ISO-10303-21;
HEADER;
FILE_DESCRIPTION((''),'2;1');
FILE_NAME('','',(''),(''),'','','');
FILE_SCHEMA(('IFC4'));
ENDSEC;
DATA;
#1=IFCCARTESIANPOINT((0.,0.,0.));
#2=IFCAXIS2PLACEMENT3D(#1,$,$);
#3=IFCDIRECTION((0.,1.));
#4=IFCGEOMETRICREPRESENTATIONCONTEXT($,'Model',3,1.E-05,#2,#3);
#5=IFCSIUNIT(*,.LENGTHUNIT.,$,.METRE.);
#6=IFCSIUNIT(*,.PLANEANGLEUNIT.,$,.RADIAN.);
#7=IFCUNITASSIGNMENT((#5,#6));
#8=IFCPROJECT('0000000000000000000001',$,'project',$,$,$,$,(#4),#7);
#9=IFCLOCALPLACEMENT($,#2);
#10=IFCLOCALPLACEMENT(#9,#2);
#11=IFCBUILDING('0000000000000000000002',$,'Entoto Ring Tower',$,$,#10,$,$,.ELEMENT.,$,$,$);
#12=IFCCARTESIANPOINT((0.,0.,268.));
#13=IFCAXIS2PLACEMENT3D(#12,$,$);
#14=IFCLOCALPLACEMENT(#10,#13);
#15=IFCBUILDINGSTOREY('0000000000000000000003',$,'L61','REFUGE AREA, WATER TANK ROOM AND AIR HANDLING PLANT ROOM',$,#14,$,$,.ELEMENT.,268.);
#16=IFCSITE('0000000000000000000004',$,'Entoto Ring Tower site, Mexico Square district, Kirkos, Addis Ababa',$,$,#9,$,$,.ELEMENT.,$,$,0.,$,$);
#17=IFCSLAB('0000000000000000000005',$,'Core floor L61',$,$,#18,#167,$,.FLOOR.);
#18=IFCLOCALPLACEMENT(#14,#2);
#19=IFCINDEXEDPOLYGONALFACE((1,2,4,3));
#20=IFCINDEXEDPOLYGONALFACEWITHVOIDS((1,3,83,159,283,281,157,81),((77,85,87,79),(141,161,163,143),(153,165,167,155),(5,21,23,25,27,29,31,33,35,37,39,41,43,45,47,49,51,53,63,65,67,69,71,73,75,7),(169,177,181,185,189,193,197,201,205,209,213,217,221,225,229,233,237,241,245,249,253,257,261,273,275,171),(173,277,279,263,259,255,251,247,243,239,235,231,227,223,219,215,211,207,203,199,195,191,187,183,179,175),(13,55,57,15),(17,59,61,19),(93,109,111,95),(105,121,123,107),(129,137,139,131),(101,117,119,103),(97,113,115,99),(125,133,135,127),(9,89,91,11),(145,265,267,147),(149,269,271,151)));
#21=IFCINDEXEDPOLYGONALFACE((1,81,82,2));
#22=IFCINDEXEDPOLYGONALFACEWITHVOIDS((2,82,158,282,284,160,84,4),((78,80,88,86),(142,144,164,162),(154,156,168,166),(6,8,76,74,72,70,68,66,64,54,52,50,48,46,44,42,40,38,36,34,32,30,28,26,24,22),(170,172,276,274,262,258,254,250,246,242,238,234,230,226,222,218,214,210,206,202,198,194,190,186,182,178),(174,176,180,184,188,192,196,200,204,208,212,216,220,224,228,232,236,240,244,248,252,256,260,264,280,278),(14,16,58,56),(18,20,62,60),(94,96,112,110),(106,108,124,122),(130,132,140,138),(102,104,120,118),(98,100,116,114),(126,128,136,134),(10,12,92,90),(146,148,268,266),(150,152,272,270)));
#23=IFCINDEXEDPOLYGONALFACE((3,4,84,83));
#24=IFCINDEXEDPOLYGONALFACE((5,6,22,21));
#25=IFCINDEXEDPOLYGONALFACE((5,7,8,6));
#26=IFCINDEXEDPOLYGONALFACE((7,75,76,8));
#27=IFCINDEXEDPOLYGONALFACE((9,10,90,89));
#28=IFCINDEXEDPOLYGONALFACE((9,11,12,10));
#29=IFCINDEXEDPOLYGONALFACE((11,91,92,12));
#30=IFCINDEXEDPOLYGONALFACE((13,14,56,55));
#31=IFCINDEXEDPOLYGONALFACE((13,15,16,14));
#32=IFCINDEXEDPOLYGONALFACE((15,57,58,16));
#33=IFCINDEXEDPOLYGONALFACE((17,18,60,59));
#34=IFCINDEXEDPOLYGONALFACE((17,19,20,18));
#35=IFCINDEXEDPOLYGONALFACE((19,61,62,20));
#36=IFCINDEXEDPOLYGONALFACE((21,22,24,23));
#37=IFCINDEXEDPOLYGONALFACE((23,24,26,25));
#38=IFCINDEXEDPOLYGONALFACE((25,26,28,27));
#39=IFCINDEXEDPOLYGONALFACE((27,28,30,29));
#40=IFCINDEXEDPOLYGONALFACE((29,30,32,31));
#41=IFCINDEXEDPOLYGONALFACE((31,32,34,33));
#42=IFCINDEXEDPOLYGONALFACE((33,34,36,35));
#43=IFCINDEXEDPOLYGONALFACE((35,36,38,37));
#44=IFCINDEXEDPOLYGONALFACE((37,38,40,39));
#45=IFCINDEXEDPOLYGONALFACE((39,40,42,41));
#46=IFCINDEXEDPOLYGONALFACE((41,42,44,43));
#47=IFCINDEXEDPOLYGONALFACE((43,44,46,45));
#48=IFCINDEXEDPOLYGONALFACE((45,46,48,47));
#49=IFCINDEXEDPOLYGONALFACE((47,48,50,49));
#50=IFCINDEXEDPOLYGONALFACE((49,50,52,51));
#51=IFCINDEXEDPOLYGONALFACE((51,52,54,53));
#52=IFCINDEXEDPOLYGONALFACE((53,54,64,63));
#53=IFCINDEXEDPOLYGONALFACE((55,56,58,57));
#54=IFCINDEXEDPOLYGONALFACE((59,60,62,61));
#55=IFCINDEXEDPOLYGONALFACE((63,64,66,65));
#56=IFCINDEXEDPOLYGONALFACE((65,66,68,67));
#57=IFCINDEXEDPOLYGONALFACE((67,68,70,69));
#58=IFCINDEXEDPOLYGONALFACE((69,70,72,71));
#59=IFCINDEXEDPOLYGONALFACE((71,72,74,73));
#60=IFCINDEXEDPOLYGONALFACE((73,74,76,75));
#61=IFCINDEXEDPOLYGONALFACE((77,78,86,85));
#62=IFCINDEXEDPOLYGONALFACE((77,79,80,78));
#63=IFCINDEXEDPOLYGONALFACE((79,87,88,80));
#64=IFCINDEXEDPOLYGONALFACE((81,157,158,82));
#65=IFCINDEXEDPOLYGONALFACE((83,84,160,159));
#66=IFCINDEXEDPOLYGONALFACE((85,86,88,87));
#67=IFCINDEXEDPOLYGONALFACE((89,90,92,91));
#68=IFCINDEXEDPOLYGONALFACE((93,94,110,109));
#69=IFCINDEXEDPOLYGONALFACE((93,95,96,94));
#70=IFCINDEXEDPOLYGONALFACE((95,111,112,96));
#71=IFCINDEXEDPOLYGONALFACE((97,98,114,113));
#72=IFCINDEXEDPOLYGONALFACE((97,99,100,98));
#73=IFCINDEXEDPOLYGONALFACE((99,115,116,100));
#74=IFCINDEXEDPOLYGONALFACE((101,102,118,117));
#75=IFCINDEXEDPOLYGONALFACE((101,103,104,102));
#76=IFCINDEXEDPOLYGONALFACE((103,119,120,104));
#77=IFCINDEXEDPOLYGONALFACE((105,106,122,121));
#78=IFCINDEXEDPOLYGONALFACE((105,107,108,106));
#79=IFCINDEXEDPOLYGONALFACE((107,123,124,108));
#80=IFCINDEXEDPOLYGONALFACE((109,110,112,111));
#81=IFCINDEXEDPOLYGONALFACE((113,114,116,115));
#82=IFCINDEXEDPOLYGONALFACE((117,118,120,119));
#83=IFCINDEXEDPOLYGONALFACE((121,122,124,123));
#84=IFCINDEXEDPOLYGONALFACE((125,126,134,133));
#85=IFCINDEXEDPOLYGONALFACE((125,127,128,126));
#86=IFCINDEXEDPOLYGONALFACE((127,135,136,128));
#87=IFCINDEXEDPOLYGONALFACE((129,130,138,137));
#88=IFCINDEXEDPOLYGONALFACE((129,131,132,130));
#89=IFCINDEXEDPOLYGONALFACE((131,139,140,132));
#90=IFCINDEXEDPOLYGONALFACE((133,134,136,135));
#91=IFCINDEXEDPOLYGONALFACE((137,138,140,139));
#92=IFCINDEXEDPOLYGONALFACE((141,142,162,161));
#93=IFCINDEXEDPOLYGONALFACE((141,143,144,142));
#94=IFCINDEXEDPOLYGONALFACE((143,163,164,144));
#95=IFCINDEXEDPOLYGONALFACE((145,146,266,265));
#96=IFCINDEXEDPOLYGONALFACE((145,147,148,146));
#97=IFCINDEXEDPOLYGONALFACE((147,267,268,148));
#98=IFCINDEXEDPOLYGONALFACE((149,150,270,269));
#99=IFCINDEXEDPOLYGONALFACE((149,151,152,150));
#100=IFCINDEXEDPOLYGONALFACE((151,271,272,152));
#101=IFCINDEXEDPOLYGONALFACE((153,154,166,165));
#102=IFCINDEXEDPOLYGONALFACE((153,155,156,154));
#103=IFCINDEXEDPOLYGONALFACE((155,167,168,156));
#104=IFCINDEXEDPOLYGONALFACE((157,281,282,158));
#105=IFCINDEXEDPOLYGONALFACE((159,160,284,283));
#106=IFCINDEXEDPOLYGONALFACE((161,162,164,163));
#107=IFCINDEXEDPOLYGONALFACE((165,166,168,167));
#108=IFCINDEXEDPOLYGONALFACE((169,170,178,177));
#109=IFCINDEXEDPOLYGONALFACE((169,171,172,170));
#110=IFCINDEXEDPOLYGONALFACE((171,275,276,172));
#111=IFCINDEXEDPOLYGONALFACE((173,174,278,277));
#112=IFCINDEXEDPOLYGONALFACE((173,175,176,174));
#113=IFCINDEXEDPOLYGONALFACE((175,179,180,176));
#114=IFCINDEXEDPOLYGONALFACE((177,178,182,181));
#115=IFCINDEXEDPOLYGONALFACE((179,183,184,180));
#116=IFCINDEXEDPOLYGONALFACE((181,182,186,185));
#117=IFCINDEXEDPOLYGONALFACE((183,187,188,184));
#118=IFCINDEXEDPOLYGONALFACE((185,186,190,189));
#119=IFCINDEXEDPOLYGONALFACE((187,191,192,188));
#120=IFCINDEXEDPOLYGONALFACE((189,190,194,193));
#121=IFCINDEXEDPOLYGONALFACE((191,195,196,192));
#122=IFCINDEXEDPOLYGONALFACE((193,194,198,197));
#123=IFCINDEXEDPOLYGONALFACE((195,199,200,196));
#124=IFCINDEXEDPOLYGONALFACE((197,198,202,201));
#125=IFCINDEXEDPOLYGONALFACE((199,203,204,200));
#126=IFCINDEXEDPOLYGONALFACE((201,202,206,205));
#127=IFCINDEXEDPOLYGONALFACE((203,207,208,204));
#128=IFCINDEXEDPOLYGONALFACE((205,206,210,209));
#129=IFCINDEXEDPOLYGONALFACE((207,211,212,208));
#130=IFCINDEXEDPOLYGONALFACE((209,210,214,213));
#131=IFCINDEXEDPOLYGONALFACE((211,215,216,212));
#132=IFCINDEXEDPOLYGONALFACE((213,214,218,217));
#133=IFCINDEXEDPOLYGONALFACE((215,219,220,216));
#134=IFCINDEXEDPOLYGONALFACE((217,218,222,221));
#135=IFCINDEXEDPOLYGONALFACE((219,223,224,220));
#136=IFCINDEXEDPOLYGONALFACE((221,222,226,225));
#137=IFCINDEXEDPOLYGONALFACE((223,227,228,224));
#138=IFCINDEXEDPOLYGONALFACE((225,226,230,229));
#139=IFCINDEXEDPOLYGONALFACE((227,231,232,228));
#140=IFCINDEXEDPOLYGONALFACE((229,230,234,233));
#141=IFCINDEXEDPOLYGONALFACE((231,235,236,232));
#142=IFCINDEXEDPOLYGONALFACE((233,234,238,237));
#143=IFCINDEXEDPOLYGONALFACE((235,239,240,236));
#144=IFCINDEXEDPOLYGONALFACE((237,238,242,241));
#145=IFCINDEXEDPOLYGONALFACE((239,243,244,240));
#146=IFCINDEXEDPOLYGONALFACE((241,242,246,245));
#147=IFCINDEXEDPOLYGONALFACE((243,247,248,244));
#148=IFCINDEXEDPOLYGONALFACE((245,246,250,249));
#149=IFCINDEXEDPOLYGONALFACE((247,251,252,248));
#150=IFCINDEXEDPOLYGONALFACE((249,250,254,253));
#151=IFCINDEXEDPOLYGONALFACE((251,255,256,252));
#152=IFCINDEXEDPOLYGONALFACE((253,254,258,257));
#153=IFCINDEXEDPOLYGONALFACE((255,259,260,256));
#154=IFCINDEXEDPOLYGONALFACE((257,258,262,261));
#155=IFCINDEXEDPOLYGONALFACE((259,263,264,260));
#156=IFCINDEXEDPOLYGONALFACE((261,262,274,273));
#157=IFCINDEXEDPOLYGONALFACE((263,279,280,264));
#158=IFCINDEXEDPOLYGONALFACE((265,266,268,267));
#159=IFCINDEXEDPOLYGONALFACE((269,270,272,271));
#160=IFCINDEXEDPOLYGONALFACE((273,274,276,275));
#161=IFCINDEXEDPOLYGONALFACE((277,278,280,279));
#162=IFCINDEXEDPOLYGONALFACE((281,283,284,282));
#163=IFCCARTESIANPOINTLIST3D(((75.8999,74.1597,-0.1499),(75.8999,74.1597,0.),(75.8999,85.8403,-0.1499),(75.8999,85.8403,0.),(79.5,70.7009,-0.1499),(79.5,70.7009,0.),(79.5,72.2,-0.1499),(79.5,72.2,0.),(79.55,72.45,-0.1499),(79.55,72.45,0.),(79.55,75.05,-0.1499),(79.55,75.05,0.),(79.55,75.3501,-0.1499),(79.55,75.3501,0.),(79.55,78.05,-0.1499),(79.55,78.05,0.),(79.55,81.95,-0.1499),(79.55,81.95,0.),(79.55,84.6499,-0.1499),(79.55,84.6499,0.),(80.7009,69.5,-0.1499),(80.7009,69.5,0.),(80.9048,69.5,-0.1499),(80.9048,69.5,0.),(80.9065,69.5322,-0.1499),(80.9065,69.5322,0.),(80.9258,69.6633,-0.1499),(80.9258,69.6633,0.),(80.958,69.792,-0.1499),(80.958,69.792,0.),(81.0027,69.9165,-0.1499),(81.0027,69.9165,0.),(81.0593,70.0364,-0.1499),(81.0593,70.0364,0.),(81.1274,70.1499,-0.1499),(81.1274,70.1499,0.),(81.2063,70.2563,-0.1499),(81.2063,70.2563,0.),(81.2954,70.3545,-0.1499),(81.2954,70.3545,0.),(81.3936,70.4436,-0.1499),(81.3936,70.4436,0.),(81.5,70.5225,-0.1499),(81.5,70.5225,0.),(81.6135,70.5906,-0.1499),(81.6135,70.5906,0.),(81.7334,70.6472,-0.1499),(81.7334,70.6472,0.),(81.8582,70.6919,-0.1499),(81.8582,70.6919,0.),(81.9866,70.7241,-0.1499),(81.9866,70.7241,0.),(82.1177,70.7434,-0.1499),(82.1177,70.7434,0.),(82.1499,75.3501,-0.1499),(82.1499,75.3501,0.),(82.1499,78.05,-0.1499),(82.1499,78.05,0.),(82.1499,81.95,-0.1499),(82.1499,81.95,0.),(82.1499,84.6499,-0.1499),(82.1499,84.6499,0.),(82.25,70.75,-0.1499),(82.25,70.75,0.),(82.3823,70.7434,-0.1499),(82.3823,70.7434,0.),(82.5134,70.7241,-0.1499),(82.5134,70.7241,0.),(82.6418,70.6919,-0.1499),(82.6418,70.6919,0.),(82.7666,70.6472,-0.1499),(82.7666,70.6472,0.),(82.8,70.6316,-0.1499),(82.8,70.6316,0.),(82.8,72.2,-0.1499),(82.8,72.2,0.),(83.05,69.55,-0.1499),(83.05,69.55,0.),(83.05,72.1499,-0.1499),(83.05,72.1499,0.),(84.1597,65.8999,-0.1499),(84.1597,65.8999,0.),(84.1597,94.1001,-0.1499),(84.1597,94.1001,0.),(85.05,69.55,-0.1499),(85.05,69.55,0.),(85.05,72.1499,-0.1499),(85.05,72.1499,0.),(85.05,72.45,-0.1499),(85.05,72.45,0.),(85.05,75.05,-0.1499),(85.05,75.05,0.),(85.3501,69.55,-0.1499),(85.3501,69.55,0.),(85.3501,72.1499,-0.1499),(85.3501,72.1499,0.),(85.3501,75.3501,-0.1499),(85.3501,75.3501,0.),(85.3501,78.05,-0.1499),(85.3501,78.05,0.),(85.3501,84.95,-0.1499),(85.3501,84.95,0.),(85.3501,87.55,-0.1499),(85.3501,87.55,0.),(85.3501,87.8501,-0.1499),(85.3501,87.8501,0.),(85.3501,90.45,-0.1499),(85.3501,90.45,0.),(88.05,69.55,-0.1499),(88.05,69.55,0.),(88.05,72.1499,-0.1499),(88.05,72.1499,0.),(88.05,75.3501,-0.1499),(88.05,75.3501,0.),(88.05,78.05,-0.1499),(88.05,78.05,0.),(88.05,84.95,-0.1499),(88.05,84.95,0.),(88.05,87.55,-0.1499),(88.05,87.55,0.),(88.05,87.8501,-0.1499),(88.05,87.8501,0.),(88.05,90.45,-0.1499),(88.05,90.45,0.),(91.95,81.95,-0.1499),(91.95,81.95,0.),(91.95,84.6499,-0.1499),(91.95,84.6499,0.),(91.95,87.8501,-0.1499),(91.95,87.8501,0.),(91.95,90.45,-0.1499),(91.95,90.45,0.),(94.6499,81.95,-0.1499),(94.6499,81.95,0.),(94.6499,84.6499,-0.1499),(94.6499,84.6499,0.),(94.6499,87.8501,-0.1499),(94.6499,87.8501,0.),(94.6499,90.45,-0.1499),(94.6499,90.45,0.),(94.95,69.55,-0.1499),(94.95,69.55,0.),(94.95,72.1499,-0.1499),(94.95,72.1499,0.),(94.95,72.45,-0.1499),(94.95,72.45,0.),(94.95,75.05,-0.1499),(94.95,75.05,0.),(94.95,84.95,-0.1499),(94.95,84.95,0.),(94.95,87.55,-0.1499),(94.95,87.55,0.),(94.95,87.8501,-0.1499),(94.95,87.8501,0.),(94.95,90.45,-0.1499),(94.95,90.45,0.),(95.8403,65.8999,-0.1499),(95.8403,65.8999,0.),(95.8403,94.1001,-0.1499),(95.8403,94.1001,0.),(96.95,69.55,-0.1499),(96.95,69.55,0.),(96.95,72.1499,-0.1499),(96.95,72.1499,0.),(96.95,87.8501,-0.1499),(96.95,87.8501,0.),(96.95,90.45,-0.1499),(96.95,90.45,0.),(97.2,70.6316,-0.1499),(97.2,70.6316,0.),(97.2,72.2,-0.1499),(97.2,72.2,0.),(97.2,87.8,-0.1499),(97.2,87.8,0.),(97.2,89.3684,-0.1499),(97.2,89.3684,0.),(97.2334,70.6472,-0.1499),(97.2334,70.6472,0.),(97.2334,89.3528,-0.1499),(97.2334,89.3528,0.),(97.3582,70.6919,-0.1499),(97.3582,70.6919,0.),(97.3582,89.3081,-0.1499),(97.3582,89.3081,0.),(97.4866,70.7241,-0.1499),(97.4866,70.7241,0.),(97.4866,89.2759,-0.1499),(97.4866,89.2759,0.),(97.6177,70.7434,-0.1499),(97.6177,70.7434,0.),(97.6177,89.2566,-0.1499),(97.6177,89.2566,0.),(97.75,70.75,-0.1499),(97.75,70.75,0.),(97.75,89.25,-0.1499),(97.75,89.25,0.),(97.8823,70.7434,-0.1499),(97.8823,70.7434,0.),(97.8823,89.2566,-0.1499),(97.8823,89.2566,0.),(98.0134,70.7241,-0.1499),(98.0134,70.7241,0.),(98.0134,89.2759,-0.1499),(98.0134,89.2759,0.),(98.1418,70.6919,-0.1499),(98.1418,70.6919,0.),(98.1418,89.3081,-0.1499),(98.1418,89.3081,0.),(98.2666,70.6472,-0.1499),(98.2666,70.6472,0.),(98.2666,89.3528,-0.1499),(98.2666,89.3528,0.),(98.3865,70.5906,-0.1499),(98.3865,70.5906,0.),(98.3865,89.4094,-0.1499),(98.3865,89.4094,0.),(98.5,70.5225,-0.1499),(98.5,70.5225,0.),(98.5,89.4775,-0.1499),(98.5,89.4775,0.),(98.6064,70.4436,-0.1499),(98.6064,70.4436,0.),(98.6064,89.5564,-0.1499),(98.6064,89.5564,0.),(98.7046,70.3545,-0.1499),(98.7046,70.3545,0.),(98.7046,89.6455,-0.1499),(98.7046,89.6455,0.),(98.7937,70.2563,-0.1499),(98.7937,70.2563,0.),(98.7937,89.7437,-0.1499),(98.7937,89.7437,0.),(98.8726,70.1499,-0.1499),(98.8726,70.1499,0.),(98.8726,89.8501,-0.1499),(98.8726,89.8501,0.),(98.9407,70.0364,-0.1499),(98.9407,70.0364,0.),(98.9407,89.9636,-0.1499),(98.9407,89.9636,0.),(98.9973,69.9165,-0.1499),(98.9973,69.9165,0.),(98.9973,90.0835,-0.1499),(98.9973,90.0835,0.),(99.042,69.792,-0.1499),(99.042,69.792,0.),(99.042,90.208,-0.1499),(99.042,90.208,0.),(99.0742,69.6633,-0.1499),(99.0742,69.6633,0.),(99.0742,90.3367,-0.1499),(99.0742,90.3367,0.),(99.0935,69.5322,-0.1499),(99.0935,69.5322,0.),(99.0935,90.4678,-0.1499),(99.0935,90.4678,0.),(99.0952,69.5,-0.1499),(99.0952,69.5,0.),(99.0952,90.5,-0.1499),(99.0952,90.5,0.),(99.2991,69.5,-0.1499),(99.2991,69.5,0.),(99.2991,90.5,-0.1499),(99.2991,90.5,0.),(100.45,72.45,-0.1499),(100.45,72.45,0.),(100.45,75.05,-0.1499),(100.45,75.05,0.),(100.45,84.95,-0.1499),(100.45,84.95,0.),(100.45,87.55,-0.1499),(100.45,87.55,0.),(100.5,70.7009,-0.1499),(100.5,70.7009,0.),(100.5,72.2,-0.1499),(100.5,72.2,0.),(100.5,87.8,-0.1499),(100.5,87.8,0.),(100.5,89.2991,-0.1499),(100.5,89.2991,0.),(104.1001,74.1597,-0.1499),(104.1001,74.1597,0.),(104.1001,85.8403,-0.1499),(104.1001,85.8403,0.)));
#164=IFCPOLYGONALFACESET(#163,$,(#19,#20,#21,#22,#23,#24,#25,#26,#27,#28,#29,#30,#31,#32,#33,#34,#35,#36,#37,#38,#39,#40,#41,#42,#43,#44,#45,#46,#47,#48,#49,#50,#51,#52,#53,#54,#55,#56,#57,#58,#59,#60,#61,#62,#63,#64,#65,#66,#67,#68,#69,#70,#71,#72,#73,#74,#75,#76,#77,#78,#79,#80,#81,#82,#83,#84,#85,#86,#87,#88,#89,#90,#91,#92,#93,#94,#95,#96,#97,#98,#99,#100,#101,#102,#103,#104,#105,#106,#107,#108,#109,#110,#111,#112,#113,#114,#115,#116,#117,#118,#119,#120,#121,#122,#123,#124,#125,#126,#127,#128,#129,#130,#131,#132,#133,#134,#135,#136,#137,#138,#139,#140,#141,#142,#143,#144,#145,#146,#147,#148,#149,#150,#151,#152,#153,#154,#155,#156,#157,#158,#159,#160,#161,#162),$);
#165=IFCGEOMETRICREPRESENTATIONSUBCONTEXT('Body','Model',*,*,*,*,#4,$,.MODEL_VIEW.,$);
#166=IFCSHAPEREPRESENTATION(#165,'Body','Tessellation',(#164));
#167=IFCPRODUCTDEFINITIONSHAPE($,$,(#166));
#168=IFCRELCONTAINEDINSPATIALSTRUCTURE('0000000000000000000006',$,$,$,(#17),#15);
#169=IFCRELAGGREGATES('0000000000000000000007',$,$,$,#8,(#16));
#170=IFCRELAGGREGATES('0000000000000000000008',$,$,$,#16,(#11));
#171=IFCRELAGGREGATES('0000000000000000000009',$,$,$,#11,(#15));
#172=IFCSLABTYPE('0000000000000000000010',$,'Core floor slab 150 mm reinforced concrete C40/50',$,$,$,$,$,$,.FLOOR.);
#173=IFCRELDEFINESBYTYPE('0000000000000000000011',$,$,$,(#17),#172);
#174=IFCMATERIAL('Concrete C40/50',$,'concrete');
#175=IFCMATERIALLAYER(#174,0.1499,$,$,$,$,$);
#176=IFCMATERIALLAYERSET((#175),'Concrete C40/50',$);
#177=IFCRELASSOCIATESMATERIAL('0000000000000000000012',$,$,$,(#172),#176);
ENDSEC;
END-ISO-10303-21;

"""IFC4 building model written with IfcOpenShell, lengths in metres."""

from ifc_helpers import new_model, si_unit, direction, frame, origin, place, context, subcontext, project, spatial, polyline, outline, extrude, material, layer, layer_set, type_object, element, save


model = new_model("IFC4")

# Units and contexts
model_context = context("Model", 3, precision=1e-05, world=origin(), true_north=direction((0.0, 1.0)))
body_context = subcontext(model_context, "Body", "Model", "MODEL_VIEW")
ifc_project = project(units=[si_unit("LENGTHUNIT", "METRE"), si_unit("PLANEANGLEUNIT", "RADIAN")], contexts=[model_context])

# Site, building, storey
site_placement = place(None, origin())
site = spatial("IfcSite", under=ifc_project, at=site_placement, Name="Entoto Ring Tower site, Mexico Square district, Kirkos, Addis Ababa", CompositionType="ELEMENT", RefElevation=0.0)
building_placement = place(site_placement, origin())
building = spatial("IfcBuilding", under=site, at=building_placement, Name="Entoto Ring Tower", CompositionType="ELEMENT")
storey_placement = place(building_placement, frame((0.0, 0.0, 268.0)))
storey = spatial("IfcBuildingStorey", under=building, at=storey_placement, Name="L61", Description="REFUGE AREA, WATER TANK ROOM AND AIR HANDLING PLANT ROOM", CompositionType="ELEMENT", Elevation=268.0)

# Slab
ifc_material_1 = material(Name="Concrete C40/50", Category="concrete")
ifc_layer_1 = layer(ifc_material_1, 0.1499)
ifc_layer_set_1 = layer_set([ifc_layer_1], Name="Concrete C40/50")
slab_type_1 = type_object("IfcSlabType", Name="Core floor slab 150 mm reinforced concrete C40/50", PredefinedType="FLOOR", material=ifc_layer_set_1)
slab_1_placement = place(storey_placement, frame((0.0, 0.0, -0.1499)))
element("IfcSlab", 1, at=slab_1_placement, inside=storey, type_object=slab_type_1, Name="Core floor L61", PredefinedType="FLOOR", context=body_context, shape_type="SweptSolid", body=[
    extrude(outline(polyline([(104.1001, 74.1597), (104.1001, 85.8403), (95.8403, 94.1001), (84.1597, 94.1001), (75.8999, 85.8403), (75.8999, 74.1597), (84.1597, 65.8999), (95.8403, 65.8999), (104.1001, 74.1597)]), holes=[polyline([(100.45, 84.95), (100.45, 87.55), (94.95, 87.55), (94.95, 84.95), (100.45, 84.95)]), polyline([(85.05, 72.45), (85.05, 75.05), (79.55, 75.05), (79.55, 72.45), (85.05, 72.45)]), polyline([(100.45, 72.45), (100.45, 75.05), (94.95, 75.05), (94.95, 72.45), (100.45, 72.45)]), polyline([(94.95, 90.45), (94.95, 87.8501), (96.95, 87.8501), (96.95, 90.45), (94.95, 90.45)]), polyline([(94.95, 72.1499), (94.95, 69.55), (96.95, 69.55), (96.95, 72.1499), (94.95, 72.1499)]), polyline([(83.05, 72.1499), (83.05, 69.55), (85.05, 69.55), (85.05, 72.1499), (83.05, 72.1499)]), polyline([(79.55, 81.95), (82.1499, 81.95), (82.1499, 84.6499), (79.55, 84.6499), (79.55, 81.95)]), polyline([(79.55, 75.3501), (82.1499, 75.3501), (82.1499, 78.05), (79.55, 78.05), (79.55, 75.3501)]), polyline([(91.95, 87.8501), (94.6499, 87.8501), (94.6499, 90.45), (91.95, 90.45), (91.95, 87.8501)]), polyline([(85.3501, 69.55), (88.05, 69.55), (88.05, 72.1499), (85.3501, 72.1499), (85.3501, 69.55)]), polyline([(91.95, 81.95), (94.6499, 81.95), (94.6499, 84.6499), (91.95, 84.6499), (91.95, 81.95)]), polyline([(85.3501, 75.3501), (88.05, 75.3501), (88.05, 78.05), (85.3501, 78.05), (85.3501, 75.3501)]), polyline([(85.3501, 84.95), (88.05, 84.95), (88.05, 87.55), (85.3501, 87.55), (85.3501, 84.95)]), polyline([(85.3501, 87.8501), (88.05, 87.8501), (88.05, 90.45), (85.3501, 90.45), (85.3501, 87.8501)]), polyline([(97.2, 89.3684), (97.2, 87.8), (100.5, 87.8), (100.5, 89.2991), (99.2991, 90.5), (99.0952, 90.5), (99.0935, 90.4678), (99.0742, 90.3367), (99.042, 90.208), (98.9973, 90.0835), (98.9407, 89.9636), (98.8726, 89.8501), (98.7937, 89.7437), (98.7046, 89.6455), (98.6064, 89.5564), (98.5, 89.4775), (98.3865, 89.4094), (98.2666, 89.3528), (98.1418, 89.3081), (98.0134, 89.2759), (97.8823, 89.2566), (97.75, 89.25), (97.6177, 89.2566), (97.4866, 89.2759), (97.3582, 89.3081), (97.2334, 89.3528), (97.2, 89.3684)]), polyline([(80.7009, 69.5), (80.9048, 69.5), (80.9065, 69.5322), (80.9258, 69.6633), (80.958, 69.792), (81.0027, 69.9165), (81.0593, 70.0364), (81.1274, 70.1499), (81.2063, 70.2563), (81.2954, 70.3545), (81.3936, 70.4436), (81.5, 70.5225), (81.6135, 70.5906), (81.7334, 70.6472), (81.8582, 70.6919), (81.9866, 70.7241), (82.1177, 70.7434), (82.25, 70.75), (82.3823, 70.7434), (82.5134, 70.7241), (82.6418, 70.6919), (82.7666, 70.6472), (82.8, 70.6316), (82.8, 72.2), (79.5, 72.2), (79.5, 70.7009), (80.7009, 69.5)]), polyline([(99.0952, 69.5), (99.2991, 69.5), (100.5, 70.7009), (100.5, 72.2), (97.2, 72.2), (97.2, 70.6316), (97.2334, 70.6472), (97.3582, 70.6919), (97.4866, 70.7241), (97.6177, 70.7434), (97.75, 70.75), (97.8823, 70.7434), (98.0134, 70.7241), (98.1418, 70.6919), (98.2666, 70.6472), (98.3865, 70.5906), (98.5, 70.5225), (98.6064, 70.4436), (98.7046, 70.3545), (98.7937, 70.2563), (98.8726, 70.1499), (98.9407, 70.0364), (98.9973, 69.9165), (99.042, 69.792), (99.0742, 69.6633), (99.0935, 69.5322), (99.0952, 69.5)])]), origin(), (0.0, 0.0, 1.0), 0.1499),
])

save(model, "model.ifc")
